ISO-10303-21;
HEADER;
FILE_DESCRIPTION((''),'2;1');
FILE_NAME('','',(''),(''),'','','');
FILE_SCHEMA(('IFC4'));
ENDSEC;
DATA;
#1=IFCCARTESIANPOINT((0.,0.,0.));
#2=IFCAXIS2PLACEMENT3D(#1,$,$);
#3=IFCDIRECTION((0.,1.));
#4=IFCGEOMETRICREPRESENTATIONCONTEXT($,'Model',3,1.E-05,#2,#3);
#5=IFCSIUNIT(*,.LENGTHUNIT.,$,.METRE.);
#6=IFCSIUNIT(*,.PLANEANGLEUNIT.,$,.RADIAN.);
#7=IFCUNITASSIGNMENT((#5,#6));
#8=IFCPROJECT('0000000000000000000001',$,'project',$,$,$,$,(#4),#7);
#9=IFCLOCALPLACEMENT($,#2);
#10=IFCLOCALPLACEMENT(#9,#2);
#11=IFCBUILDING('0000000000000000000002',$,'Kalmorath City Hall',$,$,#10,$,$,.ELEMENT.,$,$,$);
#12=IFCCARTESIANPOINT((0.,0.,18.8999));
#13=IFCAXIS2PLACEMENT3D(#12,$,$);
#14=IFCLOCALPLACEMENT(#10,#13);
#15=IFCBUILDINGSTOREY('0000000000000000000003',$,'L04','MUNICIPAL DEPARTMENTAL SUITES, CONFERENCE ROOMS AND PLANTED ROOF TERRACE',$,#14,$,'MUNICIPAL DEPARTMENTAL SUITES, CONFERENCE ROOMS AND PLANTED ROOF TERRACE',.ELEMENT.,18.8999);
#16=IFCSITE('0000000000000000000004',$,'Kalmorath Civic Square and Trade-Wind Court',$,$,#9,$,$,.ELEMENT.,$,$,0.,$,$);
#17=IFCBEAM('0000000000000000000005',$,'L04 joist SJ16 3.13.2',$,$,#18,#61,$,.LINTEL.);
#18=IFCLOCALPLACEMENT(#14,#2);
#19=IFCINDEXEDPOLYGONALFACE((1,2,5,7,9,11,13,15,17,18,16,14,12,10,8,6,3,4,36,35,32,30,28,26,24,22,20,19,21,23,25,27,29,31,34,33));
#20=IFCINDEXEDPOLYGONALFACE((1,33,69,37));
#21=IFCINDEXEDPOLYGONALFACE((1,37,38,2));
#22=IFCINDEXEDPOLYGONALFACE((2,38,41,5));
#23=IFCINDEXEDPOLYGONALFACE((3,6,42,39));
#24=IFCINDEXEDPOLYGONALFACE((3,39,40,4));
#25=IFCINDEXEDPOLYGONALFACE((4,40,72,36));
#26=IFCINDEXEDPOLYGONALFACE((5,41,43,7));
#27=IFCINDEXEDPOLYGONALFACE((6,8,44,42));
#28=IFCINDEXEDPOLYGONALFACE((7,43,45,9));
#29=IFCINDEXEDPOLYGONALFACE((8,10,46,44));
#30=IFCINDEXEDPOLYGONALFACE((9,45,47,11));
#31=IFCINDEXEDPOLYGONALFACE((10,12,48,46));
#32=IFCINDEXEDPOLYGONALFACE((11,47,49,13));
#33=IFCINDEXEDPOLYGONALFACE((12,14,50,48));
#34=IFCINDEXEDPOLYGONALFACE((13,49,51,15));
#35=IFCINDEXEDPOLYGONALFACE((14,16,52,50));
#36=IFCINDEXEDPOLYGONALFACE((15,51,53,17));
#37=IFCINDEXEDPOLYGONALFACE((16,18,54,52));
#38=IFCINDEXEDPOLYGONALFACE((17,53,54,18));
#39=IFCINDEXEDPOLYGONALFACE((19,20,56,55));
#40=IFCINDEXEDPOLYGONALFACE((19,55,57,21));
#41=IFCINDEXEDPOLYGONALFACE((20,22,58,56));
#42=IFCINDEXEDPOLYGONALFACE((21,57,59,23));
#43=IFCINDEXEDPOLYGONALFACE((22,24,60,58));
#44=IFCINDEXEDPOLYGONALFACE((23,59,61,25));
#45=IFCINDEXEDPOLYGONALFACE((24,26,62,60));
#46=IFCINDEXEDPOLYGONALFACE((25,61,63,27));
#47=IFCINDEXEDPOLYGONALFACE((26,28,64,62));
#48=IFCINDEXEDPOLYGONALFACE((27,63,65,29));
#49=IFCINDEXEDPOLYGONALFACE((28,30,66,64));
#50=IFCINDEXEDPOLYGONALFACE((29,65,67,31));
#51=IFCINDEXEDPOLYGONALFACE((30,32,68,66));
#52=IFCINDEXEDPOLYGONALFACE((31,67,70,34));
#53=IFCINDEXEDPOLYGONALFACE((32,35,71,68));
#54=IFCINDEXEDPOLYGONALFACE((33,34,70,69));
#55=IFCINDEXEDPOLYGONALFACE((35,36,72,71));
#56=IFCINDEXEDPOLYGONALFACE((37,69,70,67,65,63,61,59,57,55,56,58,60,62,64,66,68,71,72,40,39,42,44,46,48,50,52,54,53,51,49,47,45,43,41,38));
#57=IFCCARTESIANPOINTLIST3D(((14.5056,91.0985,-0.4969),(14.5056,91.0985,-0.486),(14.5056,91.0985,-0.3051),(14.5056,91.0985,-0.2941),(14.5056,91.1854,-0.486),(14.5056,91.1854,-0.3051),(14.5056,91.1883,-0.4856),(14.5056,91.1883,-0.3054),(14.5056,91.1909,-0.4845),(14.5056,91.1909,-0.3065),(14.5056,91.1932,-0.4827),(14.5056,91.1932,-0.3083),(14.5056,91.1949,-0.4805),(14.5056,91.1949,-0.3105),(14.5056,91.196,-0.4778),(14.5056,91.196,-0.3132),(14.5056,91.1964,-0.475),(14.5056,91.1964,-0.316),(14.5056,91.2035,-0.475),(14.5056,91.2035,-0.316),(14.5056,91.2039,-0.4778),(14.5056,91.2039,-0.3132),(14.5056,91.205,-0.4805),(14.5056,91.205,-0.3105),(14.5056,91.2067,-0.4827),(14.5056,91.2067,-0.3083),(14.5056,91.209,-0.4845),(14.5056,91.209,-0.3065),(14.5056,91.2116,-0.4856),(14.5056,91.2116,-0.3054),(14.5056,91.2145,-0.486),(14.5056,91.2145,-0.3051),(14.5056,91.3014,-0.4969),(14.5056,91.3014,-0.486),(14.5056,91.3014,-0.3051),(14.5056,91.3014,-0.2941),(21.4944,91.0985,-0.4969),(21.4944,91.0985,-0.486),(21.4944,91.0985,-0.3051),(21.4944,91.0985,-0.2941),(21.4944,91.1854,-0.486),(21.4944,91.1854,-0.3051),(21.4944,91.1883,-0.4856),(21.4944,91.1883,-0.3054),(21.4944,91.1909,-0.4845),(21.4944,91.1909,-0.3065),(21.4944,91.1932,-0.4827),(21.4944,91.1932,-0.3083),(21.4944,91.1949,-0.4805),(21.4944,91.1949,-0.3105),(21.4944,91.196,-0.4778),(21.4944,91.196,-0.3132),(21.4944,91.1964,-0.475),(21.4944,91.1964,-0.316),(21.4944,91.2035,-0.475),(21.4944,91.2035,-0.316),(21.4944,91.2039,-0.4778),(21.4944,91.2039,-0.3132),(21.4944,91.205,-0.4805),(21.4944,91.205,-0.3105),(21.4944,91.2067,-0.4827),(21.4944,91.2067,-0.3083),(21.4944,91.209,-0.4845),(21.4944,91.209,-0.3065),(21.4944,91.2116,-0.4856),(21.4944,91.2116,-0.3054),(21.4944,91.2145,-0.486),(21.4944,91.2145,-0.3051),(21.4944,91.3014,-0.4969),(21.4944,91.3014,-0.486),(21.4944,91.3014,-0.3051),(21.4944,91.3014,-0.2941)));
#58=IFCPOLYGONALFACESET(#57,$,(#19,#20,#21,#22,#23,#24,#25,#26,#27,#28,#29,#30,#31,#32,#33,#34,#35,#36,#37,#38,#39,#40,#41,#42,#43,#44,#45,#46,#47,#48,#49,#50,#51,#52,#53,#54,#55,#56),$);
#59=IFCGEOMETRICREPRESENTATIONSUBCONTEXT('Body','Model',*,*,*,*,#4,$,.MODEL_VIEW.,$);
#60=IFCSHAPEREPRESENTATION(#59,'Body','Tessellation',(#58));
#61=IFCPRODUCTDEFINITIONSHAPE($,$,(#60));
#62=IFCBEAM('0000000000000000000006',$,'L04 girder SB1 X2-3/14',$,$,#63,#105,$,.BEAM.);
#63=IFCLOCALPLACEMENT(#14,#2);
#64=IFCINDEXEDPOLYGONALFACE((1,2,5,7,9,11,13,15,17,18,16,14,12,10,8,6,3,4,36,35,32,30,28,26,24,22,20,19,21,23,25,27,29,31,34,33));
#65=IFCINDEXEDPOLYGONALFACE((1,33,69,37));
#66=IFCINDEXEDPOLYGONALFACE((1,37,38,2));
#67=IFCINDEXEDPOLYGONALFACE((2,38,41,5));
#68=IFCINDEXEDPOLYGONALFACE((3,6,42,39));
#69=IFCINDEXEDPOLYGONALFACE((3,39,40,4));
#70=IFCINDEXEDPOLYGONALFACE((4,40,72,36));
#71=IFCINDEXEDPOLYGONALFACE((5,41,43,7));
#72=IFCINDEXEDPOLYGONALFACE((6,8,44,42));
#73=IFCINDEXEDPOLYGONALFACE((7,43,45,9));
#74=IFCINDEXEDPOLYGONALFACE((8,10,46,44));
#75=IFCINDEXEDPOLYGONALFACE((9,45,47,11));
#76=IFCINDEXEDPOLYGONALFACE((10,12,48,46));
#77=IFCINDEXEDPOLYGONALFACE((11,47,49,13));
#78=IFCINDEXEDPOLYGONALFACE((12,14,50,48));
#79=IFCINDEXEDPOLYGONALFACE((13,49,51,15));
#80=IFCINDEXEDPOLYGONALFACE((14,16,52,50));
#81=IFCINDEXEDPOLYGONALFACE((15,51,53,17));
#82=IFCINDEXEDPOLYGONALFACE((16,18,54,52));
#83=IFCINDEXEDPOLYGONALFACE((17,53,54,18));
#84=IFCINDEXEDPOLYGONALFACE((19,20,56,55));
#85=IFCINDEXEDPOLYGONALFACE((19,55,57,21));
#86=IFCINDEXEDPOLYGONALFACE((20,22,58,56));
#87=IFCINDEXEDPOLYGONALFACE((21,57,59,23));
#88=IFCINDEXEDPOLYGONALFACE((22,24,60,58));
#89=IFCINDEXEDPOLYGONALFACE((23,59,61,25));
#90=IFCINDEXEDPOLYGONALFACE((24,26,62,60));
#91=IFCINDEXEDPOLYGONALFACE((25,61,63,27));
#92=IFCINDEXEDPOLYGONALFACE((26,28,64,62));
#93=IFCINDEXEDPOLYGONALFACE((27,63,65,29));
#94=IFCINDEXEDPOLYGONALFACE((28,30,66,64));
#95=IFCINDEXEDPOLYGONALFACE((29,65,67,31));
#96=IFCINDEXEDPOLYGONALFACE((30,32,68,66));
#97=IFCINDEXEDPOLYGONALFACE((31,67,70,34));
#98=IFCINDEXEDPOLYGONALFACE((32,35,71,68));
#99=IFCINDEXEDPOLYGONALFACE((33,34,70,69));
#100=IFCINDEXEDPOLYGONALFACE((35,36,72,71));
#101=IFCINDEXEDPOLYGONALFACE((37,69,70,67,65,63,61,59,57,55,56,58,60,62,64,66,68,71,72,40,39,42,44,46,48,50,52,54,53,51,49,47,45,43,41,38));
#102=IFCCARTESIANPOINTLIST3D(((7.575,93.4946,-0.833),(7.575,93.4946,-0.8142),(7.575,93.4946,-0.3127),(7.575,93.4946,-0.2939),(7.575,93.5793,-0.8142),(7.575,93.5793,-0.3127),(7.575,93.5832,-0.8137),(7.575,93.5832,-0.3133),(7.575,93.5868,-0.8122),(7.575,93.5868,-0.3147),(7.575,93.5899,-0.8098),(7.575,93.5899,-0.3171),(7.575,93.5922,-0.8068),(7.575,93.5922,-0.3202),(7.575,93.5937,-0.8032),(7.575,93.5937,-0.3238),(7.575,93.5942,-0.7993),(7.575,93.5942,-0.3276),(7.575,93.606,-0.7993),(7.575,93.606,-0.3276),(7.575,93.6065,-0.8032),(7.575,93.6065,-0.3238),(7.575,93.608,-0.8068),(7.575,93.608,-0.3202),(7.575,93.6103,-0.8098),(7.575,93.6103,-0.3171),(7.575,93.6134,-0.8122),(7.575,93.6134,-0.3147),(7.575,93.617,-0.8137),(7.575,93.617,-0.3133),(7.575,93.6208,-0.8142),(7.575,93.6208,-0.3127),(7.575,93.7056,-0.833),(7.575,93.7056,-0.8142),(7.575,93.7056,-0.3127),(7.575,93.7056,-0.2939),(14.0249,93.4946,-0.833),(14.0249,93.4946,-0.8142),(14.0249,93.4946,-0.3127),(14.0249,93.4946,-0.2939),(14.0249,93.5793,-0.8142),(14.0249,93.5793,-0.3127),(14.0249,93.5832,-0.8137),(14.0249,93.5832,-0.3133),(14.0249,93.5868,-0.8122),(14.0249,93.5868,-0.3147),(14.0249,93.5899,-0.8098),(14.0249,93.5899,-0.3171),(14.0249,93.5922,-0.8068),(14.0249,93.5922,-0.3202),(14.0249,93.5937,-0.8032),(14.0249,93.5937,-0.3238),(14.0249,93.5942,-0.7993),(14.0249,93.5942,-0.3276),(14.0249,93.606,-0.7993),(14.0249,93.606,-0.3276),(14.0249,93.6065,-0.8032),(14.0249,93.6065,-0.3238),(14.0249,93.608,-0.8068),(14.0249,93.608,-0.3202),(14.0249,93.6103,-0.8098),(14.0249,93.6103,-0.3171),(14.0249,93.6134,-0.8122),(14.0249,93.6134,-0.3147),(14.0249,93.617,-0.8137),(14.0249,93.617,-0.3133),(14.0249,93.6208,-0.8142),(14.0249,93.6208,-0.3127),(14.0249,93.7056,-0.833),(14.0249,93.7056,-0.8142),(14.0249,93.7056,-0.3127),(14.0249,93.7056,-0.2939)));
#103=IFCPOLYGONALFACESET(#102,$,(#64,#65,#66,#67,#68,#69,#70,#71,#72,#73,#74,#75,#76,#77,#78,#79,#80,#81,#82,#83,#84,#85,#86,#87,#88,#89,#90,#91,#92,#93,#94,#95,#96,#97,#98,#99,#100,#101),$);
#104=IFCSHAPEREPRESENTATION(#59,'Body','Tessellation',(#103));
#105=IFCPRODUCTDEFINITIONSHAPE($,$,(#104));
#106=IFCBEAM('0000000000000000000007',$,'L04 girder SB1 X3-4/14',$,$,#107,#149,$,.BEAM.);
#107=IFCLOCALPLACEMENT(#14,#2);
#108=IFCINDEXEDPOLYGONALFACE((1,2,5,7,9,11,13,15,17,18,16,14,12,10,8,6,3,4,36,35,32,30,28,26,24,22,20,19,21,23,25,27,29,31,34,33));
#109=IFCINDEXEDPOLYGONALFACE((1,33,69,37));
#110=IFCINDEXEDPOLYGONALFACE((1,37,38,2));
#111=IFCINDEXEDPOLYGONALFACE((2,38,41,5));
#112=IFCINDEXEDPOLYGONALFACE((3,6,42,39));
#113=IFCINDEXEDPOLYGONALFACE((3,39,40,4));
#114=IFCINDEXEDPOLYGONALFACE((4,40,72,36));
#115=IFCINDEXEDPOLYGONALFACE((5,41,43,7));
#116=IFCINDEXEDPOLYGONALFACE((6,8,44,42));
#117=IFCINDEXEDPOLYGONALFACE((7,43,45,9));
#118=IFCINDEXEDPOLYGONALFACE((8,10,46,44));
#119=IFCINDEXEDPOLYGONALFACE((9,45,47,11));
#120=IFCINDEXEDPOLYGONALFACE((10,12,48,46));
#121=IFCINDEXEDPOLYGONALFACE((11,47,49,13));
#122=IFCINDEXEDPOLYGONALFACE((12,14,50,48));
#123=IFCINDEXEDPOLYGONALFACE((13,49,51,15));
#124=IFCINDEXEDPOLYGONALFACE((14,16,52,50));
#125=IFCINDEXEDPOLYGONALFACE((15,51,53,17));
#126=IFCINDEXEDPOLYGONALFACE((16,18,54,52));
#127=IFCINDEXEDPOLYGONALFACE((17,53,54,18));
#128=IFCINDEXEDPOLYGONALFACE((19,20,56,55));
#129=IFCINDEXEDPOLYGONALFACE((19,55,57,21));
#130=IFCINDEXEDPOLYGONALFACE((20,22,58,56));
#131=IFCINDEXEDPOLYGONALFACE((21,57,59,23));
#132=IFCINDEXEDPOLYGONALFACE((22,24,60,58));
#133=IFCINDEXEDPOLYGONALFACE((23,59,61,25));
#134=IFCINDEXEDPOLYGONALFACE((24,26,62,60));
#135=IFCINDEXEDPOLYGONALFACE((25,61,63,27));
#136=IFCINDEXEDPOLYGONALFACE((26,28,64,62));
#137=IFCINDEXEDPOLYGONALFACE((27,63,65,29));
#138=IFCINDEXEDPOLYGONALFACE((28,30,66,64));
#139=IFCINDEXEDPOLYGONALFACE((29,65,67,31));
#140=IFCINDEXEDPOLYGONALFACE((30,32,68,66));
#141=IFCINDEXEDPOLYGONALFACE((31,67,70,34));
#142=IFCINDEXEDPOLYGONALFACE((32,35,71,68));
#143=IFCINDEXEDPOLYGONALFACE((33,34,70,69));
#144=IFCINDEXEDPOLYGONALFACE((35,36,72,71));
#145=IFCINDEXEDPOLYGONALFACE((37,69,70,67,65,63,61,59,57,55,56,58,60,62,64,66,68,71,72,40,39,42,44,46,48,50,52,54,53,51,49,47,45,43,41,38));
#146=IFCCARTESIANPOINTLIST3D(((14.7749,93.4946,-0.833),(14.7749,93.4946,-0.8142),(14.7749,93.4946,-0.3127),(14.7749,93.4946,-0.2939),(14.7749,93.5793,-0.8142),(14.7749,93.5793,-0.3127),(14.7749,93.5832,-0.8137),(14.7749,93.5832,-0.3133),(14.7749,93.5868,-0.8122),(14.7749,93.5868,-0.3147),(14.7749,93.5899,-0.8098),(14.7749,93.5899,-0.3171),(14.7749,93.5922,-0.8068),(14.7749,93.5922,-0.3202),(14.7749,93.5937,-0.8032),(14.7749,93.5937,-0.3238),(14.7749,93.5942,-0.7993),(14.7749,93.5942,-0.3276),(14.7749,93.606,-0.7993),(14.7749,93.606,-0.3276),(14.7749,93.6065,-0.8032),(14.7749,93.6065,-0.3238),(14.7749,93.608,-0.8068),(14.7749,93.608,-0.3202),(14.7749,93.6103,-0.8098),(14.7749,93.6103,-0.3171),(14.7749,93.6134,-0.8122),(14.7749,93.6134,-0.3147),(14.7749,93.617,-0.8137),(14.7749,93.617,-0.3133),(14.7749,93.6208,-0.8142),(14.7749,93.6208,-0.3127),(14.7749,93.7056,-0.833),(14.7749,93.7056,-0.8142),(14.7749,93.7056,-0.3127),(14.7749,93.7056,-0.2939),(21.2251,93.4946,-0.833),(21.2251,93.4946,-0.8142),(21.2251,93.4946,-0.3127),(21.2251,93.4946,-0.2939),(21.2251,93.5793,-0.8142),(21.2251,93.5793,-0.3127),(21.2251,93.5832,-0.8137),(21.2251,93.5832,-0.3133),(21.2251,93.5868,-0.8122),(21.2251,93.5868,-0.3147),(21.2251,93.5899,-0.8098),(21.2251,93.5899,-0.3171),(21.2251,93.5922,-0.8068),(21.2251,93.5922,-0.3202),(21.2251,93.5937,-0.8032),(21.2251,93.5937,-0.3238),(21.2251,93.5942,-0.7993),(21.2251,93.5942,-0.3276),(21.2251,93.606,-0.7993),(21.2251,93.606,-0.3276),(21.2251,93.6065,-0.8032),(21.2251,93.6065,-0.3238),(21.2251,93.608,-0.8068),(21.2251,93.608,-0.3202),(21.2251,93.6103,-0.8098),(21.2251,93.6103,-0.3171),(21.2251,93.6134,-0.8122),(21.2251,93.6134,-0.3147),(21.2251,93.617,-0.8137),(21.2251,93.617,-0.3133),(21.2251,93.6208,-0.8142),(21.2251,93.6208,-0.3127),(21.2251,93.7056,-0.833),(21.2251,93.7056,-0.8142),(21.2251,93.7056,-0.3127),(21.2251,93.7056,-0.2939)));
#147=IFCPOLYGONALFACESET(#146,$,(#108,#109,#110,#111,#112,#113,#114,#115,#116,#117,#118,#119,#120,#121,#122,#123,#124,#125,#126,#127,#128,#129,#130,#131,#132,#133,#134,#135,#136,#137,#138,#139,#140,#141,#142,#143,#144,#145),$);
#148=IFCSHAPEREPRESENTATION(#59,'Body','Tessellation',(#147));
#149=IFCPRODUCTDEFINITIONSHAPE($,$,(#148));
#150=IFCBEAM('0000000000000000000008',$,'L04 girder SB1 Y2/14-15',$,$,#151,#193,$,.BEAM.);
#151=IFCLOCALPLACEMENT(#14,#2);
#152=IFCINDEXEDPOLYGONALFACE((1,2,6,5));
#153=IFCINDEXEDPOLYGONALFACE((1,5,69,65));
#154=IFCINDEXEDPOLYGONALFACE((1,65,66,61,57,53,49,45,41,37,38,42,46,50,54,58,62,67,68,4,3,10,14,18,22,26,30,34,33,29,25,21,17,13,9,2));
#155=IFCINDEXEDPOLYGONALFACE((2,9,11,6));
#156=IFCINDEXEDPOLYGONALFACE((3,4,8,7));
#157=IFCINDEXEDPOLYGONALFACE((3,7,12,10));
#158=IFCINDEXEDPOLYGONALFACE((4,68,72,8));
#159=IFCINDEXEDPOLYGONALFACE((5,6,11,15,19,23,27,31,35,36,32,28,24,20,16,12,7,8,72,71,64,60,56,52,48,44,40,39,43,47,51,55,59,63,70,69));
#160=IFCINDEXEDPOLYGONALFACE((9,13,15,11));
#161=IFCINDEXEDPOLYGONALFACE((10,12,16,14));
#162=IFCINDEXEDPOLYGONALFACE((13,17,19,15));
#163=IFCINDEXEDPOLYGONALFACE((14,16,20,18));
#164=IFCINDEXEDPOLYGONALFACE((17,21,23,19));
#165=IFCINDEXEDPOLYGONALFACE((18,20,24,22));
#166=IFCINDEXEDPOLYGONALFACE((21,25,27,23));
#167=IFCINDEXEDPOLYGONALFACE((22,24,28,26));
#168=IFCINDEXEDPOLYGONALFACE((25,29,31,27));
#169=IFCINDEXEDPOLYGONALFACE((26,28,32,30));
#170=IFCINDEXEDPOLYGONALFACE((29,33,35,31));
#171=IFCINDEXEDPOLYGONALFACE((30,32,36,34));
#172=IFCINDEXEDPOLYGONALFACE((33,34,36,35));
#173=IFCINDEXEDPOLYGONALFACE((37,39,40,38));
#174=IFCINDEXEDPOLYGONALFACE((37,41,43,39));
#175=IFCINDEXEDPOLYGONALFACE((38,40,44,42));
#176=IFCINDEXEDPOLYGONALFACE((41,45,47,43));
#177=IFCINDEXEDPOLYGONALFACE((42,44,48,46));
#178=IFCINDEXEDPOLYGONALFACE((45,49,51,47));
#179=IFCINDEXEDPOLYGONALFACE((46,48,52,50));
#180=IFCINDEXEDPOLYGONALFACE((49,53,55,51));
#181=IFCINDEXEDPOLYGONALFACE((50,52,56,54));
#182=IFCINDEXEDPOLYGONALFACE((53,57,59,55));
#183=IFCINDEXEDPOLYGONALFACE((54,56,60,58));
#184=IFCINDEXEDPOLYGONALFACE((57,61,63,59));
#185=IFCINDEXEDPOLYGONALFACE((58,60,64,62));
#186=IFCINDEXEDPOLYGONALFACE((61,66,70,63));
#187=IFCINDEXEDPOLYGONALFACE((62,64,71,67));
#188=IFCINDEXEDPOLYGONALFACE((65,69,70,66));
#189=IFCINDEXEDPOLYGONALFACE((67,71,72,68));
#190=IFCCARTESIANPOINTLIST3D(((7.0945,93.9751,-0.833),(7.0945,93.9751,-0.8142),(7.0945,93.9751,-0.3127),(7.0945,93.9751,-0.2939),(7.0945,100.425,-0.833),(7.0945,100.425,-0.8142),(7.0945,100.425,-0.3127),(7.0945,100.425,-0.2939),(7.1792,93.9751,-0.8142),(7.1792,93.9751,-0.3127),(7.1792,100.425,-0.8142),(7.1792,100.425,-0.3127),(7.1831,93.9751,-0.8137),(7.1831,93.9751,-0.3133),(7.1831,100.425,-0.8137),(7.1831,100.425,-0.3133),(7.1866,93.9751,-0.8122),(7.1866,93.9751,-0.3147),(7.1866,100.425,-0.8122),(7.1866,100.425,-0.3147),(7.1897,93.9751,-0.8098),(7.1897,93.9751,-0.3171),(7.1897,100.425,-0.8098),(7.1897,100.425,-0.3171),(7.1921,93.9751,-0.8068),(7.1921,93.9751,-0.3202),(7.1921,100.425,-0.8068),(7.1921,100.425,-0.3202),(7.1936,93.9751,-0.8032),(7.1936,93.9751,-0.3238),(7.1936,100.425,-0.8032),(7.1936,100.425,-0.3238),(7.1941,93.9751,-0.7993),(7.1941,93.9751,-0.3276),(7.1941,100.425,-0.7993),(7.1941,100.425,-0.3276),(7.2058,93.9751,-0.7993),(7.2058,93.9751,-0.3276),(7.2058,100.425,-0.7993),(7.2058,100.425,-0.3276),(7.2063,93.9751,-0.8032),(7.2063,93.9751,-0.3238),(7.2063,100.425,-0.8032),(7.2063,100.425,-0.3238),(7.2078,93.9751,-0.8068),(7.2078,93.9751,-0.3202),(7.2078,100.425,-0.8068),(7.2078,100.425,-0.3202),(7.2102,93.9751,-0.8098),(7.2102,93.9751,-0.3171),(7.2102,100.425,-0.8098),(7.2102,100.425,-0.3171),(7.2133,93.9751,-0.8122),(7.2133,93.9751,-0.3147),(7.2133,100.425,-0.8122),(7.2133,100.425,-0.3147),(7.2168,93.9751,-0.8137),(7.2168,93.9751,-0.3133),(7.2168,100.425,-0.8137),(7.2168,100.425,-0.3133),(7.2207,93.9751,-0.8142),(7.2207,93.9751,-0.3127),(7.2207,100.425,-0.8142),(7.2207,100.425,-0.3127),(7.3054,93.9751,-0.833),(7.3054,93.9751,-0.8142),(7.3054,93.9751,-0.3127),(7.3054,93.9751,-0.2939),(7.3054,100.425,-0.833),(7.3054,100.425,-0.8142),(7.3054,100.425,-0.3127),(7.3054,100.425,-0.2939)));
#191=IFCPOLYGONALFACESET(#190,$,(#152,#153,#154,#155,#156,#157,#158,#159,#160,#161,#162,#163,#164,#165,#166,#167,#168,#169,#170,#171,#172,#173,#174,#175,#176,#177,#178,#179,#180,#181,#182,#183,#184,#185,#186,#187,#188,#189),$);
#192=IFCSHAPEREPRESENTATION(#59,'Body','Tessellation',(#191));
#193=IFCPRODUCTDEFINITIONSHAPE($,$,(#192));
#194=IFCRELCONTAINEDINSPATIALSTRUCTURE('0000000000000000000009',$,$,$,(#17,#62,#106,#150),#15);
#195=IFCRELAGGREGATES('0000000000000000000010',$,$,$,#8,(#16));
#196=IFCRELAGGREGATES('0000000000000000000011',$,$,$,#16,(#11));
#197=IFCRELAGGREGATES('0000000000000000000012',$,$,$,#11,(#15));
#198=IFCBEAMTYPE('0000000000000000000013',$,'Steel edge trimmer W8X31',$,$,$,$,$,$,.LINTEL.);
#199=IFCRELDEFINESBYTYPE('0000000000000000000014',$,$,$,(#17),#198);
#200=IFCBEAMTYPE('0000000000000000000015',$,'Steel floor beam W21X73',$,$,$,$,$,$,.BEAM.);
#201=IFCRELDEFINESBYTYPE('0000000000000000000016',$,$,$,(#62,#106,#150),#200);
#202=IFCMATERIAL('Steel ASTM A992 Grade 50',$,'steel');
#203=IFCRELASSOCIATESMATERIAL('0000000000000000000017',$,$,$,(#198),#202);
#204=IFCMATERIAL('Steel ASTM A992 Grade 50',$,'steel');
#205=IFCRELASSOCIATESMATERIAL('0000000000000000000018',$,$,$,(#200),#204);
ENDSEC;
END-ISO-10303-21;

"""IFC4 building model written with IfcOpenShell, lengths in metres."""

from ifc_helpers import new_model, si_unit, direction, frame, origin, origin_2d, place, context, subcontext, project, spatial, i_section, extrude, material, material_profile, profile_set, type_object, element, save


model = new_model("IFC4")

# Units and contexts
model_context = context("Model", 3, precision=1e-05, world=origin(), true_north=direction((0.0, 1.0)))
body_context = subcontext(model_context, "Body", "Model", "MODEL_VIEW")
ifc_project = project(units=[si_unit("LENGTHUNIT", "METRE"), si_unit("PLANEANGLEUNIT", "RADIAN")], contexts=[model_context])

# Site, building, storey
site_placement = place(None, origin())
site = spatial("IfcSite", under=ifc_project, at=site_placement, Name="Kalmorath Civic Square and Trade-Wind Court", CompositionType="ELEMENT", RefElevation=0.0)
building_placement = place(site_placement, origin())
building = spatial("IfcBuilding", under=site, at=building_placement, Name="Kalmorath City Hall", CompositionType="ELEMENT")
storey_placement = place(building_placement, frame((0.0, 0.0, 18.8999)))
storey = spatial("IfcBuildingStorey", under=building, at=storey_placement, Name="L04", Description="MUNICIPAL DEPARTMENTAL SUITES, CONFERENCE ROOMS AND PLANTED ROOF TERRACE", LongName="MUNICIPAL DEPARTMENTAL SUITES, CONFERENCE ROOMS AND PLANTED ROOF TERRACE", CompositionType="ELEMENT", Elevation=18.8999)

# Beams
ifc_material_1 = material(Name="Steel ASTM A992 Grade 50", Category="steel")
ifc_material_profile_1 = material_profile(ifc_material_1, i_section(OverallWidth=0.2029, OverallDepth=0.2029, WebThickness=0.0071, FlangeThickness=0.011, FilletRadius=0.011, at=origin_2d()), Name="W8X31")
ifc_profile_set_1 = profile_set([ifc_material_profile_1], Name="Steel ASTM A992 Grade 50")
beam_type_1 = type_object("IfcBeamType", Name="Steel edge trimmer W8X31", PredefinedType="LINTEL", material=ifc_profile_set_1)
for number, where, z_axis, x_axis, name in (
    (1, (14.5056, 91.2, -0.3955), (1.0, 0.0, 0.0), (0.0, 1.0, 0.0), "L04 joist SJ16 3.13.2"),
):
    element("IfcBeam", number, at=place(storey_placement, frame(where, z_axis=z_axis, x_axis=x_axis)), inside=storey, type_object=beam_type_1, Name=name, PredefinedType="LINTEL", context=body_context, shape_type="SweptSolid", body=[
        extrude(i_section(OverallWidth=0.2029, OverallDepth=0.2029, WebThickness=0.0071, FlangeThickness=0.011, FilletRadius=0.011, at=origin_2d()), origin(), (0.0, 0.0, 1.0), 6.9888),
    ])
ifc_material_2 = material(Name="Steel ASTM A992 Grade 50", Category="steel")
ifc_material_profile_2 = material_profile(ifc_material_2, i_section(OverallWidth=0.2109, OverallDepth=0.5391, WebThickness=0.0117, FlangeThickness=0.0188, FilletRadius=0.0149, at=origin_2d()), Name="W21X73")
ifc_profile_set_2 = profile_set([ifc_material_profile_2], Name="Steel ASTM A992 Grade 50")
beam_type_2 = type_object("IfcBeamType", Name="Steel floor beam W21X73", PredefinedType="BEAM", material=ifc_profile_set_2)
beam_1_placement = place(storey_placement, frame((7.575, 93.6001, -0.5635), z_axis=(1.0, 0.0, 0.0), x_axis=(0.0, 1.0, 0.0)))
element("IfcBeam", 2, at=beam_1_placement, inside=storey, type_object=beam_type_2, Name="L04 girder SB1 X2-3/14", PredefinedType="BEAM", context=body_context, shape_type="SweptSolid", body=[
    extrude(i_section(OverallWidth=0.2109, OverallDepth=0.5391, WebThickness=0.0117, FlangeThickness=0.0188, FilletRadius=0.0149, at=origin_2d()), origin(), (0.0, 0.0, 1.0), 6.45),
])
beam_2_placement = place(storey_placement, frame((14.7749, 93.6001, -0.5635), z_axis=(1.0, 0.0, 0.0), x_axis=(0.0, 1.0, 0.0)))
element("IfcBeam", 3, at=beam_2_placement, inside=storey, type_object=beam_type_2, Name="L04 girder SB1 X3-4/14", PredefinedType="BEAM", context=body_context, shape_type="SweptSolid", body=[
    extrude(i_section(OverallWidth=0.2109, OverallDepth=0.5391, WebThickness=0.0117, FlangeThickness=0.0188, FilletRadius=0.0149, at=origin_2d()), origin(), (0.0, 0.0, 1.0), 6.4502),
])
for number, where, z_axis, x_axis, name in (
    (4, (7.2, 93.9751, -0.5635), (0.0, 1.0, 0.0), (-1.0, 0.0, 0.0), "L04 girder SB1 Y2/14-15"),
):
    element("IfcBeam", number, at=place(storey_placement, frame(where, z_axis=z_axis, x_axis=x_axis)), inside=storey, type_object=beam_type_2, Name=name, PredefinedType="BEAM", context=body_context, shape_type="SweptSolid", body=[
        extrude(i_section(OverallWidth=0.2109, OverallDepth=0.5391, WebThickness=0.0117, FlangeThickness=0.0188, FilletRadius=0.0149, at=origin_2d()), origin(), (0.0, 0.0, 1.0), 6.45),
    ])

save(model, "model.ifc")
